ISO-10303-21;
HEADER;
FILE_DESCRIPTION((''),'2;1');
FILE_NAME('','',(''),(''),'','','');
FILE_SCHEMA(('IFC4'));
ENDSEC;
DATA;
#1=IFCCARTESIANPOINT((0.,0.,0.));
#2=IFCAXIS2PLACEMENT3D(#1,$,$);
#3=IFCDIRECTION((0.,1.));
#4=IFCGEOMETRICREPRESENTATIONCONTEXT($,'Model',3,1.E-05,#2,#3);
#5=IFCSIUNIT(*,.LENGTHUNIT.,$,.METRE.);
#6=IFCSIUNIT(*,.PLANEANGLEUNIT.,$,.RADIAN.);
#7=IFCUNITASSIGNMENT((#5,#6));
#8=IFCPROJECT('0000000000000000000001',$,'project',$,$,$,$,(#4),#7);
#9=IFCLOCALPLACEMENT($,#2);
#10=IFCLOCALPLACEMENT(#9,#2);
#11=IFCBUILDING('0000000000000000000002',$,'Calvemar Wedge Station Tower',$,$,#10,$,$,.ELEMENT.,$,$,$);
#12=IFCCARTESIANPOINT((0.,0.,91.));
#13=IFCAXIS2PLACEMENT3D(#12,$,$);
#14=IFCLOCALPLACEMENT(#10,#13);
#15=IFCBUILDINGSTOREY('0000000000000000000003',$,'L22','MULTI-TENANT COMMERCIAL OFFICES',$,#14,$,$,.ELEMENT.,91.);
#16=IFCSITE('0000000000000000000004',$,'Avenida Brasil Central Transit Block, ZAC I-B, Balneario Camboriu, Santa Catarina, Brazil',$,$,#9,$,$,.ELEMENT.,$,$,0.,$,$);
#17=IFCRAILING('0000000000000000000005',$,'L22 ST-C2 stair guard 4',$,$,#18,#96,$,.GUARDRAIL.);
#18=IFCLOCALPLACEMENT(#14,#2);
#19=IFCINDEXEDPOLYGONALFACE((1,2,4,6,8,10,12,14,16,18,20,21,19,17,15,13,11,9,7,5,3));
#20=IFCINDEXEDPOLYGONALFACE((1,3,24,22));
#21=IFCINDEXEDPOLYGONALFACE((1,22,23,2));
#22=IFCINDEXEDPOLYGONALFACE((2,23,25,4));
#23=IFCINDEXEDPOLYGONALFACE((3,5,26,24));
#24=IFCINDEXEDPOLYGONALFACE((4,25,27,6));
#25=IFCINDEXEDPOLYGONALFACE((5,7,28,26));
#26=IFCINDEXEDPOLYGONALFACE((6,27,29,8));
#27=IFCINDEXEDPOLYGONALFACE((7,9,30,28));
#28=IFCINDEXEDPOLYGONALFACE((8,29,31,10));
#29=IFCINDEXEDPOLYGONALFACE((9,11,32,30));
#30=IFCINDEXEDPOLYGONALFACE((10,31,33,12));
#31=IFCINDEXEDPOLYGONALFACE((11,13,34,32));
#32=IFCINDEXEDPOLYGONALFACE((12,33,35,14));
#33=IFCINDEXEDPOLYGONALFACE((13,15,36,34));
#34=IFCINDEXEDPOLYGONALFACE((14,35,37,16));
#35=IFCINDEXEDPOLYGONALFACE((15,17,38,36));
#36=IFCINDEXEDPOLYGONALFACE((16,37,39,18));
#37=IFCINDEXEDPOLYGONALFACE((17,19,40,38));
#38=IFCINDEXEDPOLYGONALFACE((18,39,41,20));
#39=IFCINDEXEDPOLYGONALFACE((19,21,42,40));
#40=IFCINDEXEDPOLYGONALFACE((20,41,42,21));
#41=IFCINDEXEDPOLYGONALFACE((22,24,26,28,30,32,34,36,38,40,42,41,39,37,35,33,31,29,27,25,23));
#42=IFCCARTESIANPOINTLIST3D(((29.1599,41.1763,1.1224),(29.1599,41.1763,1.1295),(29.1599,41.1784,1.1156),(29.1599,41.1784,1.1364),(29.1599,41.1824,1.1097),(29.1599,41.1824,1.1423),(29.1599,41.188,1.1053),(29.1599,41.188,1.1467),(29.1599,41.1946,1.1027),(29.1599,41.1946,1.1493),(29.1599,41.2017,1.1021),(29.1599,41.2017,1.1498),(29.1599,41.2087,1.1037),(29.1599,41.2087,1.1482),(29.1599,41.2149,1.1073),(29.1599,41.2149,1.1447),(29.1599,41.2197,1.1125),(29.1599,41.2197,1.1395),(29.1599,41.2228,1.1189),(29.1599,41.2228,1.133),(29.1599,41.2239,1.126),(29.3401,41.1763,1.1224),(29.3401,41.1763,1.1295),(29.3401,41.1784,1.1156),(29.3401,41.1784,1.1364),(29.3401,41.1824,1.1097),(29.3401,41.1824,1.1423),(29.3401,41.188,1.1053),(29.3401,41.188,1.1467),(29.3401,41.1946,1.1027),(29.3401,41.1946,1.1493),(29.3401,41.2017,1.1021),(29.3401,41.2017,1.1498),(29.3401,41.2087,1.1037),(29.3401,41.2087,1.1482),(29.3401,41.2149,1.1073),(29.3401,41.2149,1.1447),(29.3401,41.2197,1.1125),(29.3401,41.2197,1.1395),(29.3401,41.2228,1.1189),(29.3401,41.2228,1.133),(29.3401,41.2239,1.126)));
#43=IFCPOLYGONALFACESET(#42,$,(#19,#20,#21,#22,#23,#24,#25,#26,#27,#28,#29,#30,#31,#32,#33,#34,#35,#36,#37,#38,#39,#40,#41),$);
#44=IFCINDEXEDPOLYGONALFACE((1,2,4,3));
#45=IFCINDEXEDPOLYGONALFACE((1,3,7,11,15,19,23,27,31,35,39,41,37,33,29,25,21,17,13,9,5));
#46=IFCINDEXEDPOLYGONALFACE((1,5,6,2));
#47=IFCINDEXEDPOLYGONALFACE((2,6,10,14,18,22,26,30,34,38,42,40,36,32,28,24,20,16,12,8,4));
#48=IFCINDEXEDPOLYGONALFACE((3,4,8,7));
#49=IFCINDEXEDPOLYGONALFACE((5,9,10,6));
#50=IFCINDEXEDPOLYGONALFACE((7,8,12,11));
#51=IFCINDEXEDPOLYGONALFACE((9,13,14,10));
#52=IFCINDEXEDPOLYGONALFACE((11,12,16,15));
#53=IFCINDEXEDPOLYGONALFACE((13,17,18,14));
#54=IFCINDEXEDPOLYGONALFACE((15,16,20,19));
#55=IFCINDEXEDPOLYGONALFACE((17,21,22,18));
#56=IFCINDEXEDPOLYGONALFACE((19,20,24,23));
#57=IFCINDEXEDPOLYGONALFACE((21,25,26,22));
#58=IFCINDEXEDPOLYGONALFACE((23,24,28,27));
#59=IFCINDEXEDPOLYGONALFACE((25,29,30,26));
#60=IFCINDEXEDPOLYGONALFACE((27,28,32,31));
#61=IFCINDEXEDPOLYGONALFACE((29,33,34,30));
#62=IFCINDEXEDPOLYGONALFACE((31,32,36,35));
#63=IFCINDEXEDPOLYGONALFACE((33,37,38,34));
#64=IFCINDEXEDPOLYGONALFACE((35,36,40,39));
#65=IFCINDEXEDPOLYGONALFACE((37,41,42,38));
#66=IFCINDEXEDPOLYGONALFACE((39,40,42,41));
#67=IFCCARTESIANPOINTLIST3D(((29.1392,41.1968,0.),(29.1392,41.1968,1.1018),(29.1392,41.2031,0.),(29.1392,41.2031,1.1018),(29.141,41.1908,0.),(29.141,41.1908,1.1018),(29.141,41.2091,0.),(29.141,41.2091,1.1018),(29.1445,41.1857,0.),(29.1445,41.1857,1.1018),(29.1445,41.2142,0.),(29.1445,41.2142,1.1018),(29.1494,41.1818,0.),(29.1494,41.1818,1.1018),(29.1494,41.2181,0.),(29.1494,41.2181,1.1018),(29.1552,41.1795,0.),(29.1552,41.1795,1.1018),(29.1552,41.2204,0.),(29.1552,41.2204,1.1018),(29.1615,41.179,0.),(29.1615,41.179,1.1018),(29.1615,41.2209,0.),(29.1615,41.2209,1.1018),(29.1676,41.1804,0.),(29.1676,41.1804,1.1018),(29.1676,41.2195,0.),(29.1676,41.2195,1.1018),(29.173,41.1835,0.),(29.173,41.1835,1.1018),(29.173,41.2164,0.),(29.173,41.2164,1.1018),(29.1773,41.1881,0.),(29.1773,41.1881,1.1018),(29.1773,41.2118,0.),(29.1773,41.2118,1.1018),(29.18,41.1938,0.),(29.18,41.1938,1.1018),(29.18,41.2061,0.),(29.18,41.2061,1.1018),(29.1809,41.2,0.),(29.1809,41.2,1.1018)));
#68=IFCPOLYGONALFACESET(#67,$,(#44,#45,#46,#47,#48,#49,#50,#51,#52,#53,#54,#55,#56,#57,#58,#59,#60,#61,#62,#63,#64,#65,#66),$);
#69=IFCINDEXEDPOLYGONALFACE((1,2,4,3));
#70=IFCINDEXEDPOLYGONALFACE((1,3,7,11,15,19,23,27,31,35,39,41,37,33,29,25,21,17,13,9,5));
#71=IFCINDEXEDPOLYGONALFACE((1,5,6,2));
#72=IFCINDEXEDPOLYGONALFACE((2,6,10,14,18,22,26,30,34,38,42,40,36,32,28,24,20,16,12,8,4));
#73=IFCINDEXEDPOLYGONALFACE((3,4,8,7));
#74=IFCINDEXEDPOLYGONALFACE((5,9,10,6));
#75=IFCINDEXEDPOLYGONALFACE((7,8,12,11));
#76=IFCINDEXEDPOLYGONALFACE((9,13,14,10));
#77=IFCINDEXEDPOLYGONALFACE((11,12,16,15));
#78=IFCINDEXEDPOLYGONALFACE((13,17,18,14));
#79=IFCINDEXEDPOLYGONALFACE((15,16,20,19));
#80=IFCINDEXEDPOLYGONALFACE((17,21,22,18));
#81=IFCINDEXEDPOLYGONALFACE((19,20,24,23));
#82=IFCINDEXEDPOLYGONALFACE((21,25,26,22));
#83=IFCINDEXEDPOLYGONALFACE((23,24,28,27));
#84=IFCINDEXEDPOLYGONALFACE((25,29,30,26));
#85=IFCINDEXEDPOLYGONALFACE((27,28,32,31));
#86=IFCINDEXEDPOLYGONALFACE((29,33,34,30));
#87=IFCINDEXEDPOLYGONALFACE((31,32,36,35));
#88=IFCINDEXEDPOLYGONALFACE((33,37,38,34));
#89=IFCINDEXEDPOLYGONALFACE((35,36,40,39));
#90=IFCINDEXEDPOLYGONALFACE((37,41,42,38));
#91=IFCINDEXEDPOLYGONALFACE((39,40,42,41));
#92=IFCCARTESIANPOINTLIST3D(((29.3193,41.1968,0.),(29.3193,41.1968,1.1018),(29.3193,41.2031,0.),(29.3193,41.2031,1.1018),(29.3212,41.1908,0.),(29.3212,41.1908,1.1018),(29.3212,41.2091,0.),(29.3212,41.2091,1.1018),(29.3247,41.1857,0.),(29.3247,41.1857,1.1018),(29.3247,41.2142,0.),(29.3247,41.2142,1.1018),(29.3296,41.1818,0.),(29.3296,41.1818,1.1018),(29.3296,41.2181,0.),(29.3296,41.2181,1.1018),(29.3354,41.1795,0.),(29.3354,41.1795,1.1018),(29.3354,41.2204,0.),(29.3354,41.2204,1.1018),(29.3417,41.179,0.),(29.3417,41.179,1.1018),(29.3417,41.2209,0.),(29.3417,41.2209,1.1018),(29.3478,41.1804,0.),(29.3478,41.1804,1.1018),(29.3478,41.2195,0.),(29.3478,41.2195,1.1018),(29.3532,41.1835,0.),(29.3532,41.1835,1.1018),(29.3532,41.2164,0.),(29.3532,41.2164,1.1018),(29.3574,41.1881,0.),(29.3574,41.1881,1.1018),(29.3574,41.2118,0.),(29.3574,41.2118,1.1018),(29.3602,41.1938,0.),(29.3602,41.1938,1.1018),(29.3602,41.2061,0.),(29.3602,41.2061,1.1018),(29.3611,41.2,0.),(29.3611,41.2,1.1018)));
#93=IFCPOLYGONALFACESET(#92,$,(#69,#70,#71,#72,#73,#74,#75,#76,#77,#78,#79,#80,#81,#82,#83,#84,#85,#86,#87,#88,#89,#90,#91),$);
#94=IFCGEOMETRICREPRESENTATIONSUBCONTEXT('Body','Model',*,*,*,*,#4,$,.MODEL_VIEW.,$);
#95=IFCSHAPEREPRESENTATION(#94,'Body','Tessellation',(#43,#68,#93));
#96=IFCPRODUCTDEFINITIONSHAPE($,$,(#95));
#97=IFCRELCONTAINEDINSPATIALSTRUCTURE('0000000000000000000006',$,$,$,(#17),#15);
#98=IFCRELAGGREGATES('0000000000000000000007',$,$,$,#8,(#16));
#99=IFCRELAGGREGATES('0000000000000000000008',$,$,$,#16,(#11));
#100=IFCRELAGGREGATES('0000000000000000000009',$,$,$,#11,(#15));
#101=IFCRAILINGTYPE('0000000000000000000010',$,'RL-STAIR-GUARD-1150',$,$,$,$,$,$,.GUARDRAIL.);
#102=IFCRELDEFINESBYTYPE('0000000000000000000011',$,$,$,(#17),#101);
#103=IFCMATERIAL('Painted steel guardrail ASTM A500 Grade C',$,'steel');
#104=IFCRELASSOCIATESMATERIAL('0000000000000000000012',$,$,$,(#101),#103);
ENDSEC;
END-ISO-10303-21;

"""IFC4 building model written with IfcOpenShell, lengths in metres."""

from ifc_helpers import new_model, si_unit, direction, frame, origin, origin_2d, place, context, subcontext, project, spatial, circle, extrude, material, type_object, element, save


model = new_model("IFC4")

# Units and contexts
model_context = context("Model", 3, precision=1e-05, world=origin(), true_north=direction((0.0, 1.0)))
body_context = subcontext(model_context, "Body", "Model", "MODEL_VIEW")
ifc_project = project(units=[si_unit("LENGTHUNIT", "METRE"), si_unit("PLANEANGLEUNIT", "RADIAN")], contexts=[model_context])

# Site, building, storey
site_placement = place(None, origin())
site = spatial("IfcSite", under=ifc_project, at=site_placement, Name="Avenida Brasil Central Transit Block, ZAC I-B, Balneario Camboriu, Santa Catarina, Brazil", CompositionType="ELEMENT", RefElevation=0.0)
building_placement = place(site_placement, origin())
building = spatial("IfcBuilding", under=site, at=building_placement, Name="Calvemar Wedge Station Tower", CompositionType="ELEMENT")
storey_placement = place(building_placement, frame((0.0, 0.0, 91.0)))
storey = spatial("IfcBuildingStorey", under=building, at=storey_placement, Name="L22", Description="MULTI-TENANT COMMERCIAL OFFICES", CompositionType="ELEMENT", Elevation=91.0)

# Railing
ifc_material_1 = material(Name="Painted steel guardrail ASTM A500 Grade C", Category="steel")
railing_type_1 = type_object("IfcRailingType", Name="RL-STAIR-GUARD-1150", PredefinedType="GUARDRAIL", material=ifc_material_1)
railing_1_placement = place(storey_placement, frame((29.1599, 41.2, 0.0)))
element("IfcRailing", 1, at=railing_1_placement, inside=storey, type_object=railing_type_1, Name="L22 ST-C2 stair guard 4", PredefinedType="GUARDRAIL", context=body_context, shape_type="SweptSolid", body=[
    extrude(circle(Radius=0.0239, at=origin_2d()), frame((0.0, 0.0, 1.126), z_axis=(1.0, 0.0, 0.0), x_axis=(0.0, 1.0, 0.0)), (0.0, 0.0, 1.0), 0.1802),
    extrude(circle(Radius=0.021, at=origin_2d()), origin(), (0.0, 0.0, 1.0), 1.1018),
    extrude(circle(Radius=0.021, at=origin_2d()), frame((0.1802, 0.0, 0.0)), (0.0, 0.0, 1.0), 1.1018),
])

save(model, "model.ifc")
